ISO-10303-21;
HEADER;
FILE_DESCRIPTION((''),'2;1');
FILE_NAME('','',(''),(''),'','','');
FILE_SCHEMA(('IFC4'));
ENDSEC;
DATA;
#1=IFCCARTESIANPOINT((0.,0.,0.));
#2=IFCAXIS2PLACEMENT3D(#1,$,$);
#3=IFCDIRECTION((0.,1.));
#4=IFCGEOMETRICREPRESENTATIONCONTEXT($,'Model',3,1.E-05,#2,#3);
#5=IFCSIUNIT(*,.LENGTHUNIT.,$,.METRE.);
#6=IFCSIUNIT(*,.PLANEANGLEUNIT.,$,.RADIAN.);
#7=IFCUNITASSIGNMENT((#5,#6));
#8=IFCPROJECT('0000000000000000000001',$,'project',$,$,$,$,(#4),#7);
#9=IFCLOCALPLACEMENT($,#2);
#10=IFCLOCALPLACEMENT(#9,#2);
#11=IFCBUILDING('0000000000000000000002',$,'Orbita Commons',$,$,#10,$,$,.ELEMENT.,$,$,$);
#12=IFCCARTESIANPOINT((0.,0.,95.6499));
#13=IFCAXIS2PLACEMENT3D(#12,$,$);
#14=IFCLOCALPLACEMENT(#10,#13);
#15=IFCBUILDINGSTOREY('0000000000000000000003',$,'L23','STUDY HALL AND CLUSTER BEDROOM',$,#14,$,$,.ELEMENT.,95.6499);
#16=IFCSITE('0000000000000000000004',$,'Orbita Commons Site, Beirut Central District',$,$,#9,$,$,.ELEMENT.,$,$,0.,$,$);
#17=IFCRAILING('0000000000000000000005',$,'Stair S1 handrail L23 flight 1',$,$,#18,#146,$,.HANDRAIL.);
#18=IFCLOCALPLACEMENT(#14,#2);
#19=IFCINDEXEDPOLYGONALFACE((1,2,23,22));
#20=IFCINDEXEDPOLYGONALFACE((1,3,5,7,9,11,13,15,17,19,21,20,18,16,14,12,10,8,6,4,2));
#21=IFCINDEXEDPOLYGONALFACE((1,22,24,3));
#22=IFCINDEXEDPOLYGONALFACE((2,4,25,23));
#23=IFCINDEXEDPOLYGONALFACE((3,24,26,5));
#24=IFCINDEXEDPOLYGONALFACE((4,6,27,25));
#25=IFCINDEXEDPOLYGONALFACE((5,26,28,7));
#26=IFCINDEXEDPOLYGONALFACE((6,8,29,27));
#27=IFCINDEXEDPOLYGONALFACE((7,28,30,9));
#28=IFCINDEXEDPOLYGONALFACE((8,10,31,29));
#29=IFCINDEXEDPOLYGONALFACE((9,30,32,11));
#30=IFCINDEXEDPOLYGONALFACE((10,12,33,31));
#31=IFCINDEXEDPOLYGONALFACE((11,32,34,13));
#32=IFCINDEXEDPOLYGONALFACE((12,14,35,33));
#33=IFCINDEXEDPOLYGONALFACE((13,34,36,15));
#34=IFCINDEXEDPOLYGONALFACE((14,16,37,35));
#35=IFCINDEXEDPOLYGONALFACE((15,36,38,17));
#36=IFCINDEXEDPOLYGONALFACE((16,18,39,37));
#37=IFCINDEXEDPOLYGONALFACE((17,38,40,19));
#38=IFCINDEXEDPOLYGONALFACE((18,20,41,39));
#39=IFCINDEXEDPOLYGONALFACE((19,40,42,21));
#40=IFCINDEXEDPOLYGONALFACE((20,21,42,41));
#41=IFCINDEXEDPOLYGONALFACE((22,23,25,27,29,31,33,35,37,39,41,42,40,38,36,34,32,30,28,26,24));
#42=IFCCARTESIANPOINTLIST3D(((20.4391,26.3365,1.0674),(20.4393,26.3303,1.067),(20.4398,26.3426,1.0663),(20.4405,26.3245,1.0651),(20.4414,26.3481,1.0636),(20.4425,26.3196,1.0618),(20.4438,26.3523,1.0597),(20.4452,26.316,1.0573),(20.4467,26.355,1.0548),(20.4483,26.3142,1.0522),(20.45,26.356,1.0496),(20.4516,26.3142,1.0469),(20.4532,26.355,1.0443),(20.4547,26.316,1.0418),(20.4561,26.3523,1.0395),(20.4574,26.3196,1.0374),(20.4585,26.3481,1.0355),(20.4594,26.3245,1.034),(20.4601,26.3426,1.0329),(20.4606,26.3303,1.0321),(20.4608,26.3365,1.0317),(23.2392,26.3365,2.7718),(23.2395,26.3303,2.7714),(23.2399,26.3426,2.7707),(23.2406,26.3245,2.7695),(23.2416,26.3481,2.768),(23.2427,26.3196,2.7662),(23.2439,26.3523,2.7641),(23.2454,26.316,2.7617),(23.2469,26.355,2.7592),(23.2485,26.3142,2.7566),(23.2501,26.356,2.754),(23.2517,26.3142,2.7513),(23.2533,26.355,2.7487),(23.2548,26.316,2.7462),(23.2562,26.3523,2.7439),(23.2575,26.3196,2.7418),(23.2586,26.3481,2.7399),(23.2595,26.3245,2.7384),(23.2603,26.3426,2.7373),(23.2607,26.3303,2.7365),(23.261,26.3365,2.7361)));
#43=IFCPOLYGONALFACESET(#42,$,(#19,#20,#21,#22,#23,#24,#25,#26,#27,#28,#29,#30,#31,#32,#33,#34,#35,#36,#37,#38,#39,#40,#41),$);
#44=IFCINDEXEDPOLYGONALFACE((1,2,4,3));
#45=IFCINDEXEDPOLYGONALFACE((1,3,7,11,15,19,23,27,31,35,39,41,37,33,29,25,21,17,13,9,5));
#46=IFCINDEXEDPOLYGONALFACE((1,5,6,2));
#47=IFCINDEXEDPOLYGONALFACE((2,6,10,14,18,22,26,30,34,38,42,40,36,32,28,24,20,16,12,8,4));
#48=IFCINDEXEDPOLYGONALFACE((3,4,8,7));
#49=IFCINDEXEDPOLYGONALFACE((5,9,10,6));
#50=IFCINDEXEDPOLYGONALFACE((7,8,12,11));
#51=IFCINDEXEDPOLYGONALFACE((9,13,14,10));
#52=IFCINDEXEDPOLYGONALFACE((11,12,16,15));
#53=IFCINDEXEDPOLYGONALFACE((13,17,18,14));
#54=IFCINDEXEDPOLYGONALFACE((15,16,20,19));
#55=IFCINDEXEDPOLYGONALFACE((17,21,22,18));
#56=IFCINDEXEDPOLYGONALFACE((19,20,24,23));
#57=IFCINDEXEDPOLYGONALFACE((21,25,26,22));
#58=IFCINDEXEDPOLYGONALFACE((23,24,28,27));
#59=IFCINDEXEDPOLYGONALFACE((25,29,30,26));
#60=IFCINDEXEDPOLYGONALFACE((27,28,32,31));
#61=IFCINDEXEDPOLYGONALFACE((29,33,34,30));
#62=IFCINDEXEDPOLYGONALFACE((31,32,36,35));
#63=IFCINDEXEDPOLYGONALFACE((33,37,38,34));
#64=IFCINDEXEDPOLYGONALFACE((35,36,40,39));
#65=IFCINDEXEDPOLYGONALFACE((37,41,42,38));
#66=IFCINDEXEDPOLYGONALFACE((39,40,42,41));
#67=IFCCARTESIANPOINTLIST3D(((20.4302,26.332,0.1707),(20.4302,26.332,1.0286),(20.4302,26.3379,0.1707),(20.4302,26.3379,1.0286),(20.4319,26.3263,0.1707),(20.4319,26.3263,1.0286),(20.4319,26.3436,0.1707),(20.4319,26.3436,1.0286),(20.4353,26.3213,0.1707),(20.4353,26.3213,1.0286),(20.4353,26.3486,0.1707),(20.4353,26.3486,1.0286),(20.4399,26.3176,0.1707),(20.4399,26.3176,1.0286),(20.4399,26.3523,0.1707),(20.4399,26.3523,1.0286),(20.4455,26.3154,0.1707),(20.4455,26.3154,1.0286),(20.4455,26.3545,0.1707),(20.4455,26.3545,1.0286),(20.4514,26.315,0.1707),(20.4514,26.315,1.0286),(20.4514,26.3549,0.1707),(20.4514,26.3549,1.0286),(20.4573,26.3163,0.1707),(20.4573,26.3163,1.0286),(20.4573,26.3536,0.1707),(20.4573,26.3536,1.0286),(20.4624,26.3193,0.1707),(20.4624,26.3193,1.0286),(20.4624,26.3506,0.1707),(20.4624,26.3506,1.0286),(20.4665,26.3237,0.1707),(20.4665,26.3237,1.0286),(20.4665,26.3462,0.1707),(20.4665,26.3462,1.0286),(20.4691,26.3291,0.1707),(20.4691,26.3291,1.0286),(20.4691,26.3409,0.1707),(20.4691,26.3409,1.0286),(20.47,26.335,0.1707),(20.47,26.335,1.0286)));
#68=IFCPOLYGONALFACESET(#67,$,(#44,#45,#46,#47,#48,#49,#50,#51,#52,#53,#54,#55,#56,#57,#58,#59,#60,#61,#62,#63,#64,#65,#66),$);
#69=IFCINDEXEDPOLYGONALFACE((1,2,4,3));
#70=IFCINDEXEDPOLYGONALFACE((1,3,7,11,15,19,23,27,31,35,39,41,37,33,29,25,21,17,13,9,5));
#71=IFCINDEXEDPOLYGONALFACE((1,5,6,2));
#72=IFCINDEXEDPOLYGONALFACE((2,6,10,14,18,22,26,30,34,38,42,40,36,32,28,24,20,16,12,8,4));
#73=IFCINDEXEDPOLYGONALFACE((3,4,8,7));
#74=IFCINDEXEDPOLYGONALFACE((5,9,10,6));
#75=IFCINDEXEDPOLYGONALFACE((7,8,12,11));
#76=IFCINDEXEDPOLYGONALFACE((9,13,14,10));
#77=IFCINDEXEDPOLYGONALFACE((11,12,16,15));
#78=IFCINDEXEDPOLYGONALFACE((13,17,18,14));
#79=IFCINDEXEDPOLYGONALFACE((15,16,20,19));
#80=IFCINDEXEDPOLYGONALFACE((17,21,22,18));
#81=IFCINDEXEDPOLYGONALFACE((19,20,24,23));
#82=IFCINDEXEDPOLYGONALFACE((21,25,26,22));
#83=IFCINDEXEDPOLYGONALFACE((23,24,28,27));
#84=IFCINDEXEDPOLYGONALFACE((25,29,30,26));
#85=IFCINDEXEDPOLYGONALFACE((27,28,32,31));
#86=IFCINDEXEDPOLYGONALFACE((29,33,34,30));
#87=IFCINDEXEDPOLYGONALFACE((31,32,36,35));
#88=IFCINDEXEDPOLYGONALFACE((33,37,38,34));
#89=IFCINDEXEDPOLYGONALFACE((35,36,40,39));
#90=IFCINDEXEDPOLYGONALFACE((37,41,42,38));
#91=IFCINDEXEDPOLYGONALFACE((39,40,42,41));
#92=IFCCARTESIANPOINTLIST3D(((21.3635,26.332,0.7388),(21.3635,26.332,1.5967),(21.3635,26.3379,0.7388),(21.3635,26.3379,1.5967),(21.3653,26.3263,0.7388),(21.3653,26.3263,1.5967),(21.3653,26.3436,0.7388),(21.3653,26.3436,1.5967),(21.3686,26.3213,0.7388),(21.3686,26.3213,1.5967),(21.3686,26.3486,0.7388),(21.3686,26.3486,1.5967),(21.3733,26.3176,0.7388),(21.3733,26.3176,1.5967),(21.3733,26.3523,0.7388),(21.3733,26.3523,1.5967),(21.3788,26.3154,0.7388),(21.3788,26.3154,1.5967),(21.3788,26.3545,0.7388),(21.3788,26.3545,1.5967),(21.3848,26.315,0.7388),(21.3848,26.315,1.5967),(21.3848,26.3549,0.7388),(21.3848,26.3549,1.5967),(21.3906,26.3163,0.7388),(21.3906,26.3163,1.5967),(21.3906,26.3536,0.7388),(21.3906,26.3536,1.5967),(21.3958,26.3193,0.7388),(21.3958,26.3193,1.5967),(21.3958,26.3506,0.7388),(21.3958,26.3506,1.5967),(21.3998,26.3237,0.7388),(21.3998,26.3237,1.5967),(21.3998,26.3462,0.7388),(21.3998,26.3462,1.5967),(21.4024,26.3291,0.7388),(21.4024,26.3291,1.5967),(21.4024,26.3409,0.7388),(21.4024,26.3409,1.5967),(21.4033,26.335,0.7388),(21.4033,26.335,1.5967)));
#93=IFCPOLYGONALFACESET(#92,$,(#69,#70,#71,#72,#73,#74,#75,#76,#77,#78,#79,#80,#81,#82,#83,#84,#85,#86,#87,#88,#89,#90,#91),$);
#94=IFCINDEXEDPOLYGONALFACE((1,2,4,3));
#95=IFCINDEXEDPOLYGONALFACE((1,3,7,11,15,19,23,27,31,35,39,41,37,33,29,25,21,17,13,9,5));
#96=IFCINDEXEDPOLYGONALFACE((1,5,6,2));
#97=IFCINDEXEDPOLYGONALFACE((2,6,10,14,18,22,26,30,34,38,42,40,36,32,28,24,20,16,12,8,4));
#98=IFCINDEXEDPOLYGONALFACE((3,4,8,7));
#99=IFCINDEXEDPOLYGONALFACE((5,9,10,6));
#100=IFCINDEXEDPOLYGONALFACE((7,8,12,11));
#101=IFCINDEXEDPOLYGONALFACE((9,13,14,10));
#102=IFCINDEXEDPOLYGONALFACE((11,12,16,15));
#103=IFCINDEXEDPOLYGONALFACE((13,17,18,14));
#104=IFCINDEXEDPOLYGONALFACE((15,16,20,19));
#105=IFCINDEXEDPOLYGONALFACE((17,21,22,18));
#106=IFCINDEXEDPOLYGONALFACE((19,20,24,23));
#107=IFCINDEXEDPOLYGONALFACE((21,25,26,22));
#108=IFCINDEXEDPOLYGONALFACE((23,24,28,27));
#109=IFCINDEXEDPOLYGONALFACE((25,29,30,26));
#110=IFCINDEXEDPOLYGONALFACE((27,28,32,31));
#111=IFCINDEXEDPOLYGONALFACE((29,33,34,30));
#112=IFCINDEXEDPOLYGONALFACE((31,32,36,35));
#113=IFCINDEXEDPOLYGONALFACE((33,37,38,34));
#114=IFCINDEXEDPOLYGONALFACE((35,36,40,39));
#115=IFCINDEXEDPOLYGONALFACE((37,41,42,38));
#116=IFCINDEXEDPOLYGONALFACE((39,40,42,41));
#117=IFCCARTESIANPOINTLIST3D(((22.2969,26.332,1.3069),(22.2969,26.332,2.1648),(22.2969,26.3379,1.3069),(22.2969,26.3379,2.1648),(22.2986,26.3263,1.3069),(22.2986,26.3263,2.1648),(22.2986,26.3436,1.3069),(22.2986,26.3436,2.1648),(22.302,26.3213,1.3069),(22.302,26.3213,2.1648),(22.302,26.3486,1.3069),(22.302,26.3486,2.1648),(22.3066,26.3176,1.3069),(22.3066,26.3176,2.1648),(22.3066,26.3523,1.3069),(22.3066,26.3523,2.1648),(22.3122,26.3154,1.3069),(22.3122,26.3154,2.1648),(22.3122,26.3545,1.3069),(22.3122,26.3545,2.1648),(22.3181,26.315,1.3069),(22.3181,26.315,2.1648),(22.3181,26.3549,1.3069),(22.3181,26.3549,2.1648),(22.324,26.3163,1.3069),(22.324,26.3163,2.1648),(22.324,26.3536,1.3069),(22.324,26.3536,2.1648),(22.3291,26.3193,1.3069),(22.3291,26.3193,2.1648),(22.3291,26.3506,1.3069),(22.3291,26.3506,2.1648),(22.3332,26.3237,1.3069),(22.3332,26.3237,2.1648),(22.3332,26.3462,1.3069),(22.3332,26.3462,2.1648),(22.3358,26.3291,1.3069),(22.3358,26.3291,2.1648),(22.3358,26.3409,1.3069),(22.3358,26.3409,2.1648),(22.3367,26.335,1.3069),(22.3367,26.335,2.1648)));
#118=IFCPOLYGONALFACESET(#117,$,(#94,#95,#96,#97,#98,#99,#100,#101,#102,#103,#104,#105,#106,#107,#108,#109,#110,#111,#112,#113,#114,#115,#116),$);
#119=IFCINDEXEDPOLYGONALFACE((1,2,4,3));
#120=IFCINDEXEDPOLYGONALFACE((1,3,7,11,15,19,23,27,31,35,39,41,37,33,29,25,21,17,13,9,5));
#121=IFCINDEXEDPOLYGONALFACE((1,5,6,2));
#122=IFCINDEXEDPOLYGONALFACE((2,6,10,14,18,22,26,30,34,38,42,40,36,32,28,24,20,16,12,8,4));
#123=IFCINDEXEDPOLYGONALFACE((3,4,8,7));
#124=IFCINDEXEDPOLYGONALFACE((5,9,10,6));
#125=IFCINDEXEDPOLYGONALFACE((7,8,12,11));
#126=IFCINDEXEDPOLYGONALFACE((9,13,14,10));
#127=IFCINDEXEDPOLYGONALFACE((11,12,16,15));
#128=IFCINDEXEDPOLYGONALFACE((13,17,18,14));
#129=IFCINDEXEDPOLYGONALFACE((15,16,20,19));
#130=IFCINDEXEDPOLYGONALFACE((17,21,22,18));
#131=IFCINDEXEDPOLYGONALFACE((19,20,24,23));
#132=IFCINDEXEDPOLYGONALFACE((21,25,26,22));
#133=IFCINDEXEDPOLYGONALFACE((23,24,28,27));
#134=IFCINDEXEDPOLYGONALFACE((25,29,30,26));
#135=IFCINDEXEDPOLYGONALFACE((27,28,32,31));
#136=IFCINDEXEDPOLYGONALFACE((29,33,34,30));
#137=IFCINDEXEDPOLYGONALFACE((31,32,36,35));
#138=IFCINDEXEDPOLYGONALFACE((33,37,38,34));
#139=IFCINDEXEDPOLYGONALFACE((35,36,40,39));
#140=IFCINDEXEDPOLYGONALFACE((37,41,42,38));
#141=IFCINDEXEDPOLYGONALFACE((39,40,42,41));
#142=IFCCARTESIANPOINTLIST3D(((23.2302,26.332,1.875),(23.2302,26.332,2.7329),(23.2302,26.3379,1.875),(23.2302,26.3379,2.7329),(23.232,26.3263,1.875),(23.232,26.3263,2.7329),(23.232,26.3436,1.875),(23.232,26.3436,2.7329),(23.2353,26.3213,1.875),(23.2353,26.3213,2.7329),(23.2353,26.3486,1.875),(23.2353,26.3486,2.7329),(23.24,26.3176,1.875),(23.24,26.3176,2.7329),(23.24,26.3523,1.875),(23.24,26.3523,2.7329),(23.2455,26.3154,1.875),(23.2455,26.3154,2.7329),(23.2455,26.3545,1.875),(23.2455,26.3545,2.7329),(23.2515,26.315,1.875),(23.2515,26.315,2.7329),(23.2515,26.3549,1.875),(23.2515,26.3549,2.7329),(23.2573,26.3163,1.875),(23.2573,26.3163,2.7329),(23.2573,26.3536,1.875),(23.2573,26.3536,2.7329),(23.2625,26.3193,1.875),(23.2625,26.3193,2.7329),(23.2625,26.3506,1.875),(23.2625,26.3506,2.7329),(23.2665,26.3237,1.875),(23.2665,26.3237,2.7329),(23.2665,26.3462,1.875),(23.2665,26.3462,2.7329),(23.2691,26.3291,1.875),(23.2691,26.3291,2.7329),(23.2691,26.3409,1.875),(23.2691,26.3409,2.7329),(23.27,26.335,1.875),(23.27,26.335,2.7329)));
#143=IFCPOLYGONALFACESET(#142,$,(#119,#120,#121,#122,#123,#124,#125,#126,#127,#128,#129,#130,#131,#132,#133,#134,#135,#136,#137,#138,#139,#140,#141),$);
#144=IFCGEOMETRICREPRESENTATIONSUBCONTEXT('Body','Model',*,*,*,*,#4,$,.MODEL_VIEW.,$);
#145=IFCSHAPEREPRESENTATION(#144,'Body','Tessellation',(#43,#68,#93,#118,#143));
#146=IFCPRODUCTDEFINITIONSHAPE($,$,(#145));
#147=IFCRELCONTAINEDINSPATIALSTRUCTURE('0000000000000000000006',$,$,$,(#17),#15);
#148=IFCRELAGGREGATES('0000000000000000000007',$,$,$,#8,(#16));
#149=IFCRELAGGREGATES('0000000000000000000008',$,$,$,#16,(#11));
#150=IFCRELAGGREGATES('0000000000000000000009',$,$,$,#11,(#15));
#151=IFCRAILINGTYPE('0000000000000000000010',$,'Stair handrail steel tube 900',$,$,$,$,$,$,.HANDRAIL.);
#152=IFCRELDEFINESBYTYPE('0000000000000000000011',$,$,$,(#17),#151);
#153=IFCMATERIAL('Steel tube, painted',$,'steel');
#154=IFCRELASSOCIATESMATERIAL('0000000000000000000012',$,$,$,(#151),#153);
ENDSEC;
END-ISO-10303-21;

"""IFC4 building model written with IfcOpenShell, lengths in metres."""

from ifc_helpers import new_model, si_unit, direction, frame, origin, origin_2d, place, context, subcontext, project, spatial, circle, extrude, material, type_object, element, save


model = new_model("IFC4")

# Units and contexts
model_context = context("Model", 3, precision=1e-05, world=origin(), true_north=direction((0.0, 1.0)))
body_context = subcontext(model_context, "Body", "Model", "MODEL_VIEW")
ifc_project = project(units=[si_unit("LENGTHUNIT", "METRE"), si_unit("PLANEANGLEUNIT", "RADIAN")], contexts=[model_context])

# Site, building, storey
site_placement = place(None, origin())
site = spatial("IfcSite", under=ifc_project, at=site_placement, Name="Orbita Commons Site, Beirut Central District", CompositionType="ELEMENT", RefElevation=0.0)
building_placement = place(site_placement, origin())
building = spatial("IfcBuilding", under=site, at=building_placement, Name="Orbita Commons", CompositionType="ELEMENT")
storey_placement = place(building_placement, frame((0.0, 0.0, 95.6499)))
storey = spatial("IfcBuildingStorey", under=building, at=storey_placement, Name="L23", Description="STUDY HALL AND CLUSTER BEDROOM", CompositionType="ELEMENT", Elevation=95.6499)

# Railing
ifc_material_1 = material(Name="Steel tube, painted", Category="steel")
railing_type = type_object("IfcRailingType", Name="Stair handrail steel tube 900", PredefinedType="HANDRAIL", material=ifc_material_1)
for number, where, name in (
    (1, (20.45, 26.335, 0.1707), "Stair S1 handrail L23 flight 1"),
):
    element("IfcRailing", number, at=place(storey_placement, frame(where)), inside=storey, type_object=railing_type, Name=name, PredefinedType="HANDRAIL", context=body_context, shape_type="SweptSolid", body=[
        extrude(circle(Radius=0.021, at=origin_2d()), frame((0.0, 0.0, 0.8789), z_axis=(0.854203, 0.0, 0.51994), x_axis=(0.0, 1.0, 0.0)), (0.0, 0.0, 1.0), 3.2781),
        extrude(circle(Radius=0.02, at=origin_2d()), origin(), (0.0, 0.0, 1.0), 0.8579),
        extrude(circle(Radius=0.02, at=origin_2d()), frame((0.9333, 0.0, 0.5681)), (0.0, 0.0, 1.0), 0.8579),
        extrude(circle(Radius=0.02, at=origin_2d()), frame((1.8667, 0.0, 1.1362)), (0.0, 0.0, 1.0), 0.8579),
        extrude(circle(Radius=0.02, at=origin_2d()), frame((2.8, 0.0, 1.7043)), (0.0, 0.0, 1.0), 0.8579),
    ])

save(model, "model.ifc")
